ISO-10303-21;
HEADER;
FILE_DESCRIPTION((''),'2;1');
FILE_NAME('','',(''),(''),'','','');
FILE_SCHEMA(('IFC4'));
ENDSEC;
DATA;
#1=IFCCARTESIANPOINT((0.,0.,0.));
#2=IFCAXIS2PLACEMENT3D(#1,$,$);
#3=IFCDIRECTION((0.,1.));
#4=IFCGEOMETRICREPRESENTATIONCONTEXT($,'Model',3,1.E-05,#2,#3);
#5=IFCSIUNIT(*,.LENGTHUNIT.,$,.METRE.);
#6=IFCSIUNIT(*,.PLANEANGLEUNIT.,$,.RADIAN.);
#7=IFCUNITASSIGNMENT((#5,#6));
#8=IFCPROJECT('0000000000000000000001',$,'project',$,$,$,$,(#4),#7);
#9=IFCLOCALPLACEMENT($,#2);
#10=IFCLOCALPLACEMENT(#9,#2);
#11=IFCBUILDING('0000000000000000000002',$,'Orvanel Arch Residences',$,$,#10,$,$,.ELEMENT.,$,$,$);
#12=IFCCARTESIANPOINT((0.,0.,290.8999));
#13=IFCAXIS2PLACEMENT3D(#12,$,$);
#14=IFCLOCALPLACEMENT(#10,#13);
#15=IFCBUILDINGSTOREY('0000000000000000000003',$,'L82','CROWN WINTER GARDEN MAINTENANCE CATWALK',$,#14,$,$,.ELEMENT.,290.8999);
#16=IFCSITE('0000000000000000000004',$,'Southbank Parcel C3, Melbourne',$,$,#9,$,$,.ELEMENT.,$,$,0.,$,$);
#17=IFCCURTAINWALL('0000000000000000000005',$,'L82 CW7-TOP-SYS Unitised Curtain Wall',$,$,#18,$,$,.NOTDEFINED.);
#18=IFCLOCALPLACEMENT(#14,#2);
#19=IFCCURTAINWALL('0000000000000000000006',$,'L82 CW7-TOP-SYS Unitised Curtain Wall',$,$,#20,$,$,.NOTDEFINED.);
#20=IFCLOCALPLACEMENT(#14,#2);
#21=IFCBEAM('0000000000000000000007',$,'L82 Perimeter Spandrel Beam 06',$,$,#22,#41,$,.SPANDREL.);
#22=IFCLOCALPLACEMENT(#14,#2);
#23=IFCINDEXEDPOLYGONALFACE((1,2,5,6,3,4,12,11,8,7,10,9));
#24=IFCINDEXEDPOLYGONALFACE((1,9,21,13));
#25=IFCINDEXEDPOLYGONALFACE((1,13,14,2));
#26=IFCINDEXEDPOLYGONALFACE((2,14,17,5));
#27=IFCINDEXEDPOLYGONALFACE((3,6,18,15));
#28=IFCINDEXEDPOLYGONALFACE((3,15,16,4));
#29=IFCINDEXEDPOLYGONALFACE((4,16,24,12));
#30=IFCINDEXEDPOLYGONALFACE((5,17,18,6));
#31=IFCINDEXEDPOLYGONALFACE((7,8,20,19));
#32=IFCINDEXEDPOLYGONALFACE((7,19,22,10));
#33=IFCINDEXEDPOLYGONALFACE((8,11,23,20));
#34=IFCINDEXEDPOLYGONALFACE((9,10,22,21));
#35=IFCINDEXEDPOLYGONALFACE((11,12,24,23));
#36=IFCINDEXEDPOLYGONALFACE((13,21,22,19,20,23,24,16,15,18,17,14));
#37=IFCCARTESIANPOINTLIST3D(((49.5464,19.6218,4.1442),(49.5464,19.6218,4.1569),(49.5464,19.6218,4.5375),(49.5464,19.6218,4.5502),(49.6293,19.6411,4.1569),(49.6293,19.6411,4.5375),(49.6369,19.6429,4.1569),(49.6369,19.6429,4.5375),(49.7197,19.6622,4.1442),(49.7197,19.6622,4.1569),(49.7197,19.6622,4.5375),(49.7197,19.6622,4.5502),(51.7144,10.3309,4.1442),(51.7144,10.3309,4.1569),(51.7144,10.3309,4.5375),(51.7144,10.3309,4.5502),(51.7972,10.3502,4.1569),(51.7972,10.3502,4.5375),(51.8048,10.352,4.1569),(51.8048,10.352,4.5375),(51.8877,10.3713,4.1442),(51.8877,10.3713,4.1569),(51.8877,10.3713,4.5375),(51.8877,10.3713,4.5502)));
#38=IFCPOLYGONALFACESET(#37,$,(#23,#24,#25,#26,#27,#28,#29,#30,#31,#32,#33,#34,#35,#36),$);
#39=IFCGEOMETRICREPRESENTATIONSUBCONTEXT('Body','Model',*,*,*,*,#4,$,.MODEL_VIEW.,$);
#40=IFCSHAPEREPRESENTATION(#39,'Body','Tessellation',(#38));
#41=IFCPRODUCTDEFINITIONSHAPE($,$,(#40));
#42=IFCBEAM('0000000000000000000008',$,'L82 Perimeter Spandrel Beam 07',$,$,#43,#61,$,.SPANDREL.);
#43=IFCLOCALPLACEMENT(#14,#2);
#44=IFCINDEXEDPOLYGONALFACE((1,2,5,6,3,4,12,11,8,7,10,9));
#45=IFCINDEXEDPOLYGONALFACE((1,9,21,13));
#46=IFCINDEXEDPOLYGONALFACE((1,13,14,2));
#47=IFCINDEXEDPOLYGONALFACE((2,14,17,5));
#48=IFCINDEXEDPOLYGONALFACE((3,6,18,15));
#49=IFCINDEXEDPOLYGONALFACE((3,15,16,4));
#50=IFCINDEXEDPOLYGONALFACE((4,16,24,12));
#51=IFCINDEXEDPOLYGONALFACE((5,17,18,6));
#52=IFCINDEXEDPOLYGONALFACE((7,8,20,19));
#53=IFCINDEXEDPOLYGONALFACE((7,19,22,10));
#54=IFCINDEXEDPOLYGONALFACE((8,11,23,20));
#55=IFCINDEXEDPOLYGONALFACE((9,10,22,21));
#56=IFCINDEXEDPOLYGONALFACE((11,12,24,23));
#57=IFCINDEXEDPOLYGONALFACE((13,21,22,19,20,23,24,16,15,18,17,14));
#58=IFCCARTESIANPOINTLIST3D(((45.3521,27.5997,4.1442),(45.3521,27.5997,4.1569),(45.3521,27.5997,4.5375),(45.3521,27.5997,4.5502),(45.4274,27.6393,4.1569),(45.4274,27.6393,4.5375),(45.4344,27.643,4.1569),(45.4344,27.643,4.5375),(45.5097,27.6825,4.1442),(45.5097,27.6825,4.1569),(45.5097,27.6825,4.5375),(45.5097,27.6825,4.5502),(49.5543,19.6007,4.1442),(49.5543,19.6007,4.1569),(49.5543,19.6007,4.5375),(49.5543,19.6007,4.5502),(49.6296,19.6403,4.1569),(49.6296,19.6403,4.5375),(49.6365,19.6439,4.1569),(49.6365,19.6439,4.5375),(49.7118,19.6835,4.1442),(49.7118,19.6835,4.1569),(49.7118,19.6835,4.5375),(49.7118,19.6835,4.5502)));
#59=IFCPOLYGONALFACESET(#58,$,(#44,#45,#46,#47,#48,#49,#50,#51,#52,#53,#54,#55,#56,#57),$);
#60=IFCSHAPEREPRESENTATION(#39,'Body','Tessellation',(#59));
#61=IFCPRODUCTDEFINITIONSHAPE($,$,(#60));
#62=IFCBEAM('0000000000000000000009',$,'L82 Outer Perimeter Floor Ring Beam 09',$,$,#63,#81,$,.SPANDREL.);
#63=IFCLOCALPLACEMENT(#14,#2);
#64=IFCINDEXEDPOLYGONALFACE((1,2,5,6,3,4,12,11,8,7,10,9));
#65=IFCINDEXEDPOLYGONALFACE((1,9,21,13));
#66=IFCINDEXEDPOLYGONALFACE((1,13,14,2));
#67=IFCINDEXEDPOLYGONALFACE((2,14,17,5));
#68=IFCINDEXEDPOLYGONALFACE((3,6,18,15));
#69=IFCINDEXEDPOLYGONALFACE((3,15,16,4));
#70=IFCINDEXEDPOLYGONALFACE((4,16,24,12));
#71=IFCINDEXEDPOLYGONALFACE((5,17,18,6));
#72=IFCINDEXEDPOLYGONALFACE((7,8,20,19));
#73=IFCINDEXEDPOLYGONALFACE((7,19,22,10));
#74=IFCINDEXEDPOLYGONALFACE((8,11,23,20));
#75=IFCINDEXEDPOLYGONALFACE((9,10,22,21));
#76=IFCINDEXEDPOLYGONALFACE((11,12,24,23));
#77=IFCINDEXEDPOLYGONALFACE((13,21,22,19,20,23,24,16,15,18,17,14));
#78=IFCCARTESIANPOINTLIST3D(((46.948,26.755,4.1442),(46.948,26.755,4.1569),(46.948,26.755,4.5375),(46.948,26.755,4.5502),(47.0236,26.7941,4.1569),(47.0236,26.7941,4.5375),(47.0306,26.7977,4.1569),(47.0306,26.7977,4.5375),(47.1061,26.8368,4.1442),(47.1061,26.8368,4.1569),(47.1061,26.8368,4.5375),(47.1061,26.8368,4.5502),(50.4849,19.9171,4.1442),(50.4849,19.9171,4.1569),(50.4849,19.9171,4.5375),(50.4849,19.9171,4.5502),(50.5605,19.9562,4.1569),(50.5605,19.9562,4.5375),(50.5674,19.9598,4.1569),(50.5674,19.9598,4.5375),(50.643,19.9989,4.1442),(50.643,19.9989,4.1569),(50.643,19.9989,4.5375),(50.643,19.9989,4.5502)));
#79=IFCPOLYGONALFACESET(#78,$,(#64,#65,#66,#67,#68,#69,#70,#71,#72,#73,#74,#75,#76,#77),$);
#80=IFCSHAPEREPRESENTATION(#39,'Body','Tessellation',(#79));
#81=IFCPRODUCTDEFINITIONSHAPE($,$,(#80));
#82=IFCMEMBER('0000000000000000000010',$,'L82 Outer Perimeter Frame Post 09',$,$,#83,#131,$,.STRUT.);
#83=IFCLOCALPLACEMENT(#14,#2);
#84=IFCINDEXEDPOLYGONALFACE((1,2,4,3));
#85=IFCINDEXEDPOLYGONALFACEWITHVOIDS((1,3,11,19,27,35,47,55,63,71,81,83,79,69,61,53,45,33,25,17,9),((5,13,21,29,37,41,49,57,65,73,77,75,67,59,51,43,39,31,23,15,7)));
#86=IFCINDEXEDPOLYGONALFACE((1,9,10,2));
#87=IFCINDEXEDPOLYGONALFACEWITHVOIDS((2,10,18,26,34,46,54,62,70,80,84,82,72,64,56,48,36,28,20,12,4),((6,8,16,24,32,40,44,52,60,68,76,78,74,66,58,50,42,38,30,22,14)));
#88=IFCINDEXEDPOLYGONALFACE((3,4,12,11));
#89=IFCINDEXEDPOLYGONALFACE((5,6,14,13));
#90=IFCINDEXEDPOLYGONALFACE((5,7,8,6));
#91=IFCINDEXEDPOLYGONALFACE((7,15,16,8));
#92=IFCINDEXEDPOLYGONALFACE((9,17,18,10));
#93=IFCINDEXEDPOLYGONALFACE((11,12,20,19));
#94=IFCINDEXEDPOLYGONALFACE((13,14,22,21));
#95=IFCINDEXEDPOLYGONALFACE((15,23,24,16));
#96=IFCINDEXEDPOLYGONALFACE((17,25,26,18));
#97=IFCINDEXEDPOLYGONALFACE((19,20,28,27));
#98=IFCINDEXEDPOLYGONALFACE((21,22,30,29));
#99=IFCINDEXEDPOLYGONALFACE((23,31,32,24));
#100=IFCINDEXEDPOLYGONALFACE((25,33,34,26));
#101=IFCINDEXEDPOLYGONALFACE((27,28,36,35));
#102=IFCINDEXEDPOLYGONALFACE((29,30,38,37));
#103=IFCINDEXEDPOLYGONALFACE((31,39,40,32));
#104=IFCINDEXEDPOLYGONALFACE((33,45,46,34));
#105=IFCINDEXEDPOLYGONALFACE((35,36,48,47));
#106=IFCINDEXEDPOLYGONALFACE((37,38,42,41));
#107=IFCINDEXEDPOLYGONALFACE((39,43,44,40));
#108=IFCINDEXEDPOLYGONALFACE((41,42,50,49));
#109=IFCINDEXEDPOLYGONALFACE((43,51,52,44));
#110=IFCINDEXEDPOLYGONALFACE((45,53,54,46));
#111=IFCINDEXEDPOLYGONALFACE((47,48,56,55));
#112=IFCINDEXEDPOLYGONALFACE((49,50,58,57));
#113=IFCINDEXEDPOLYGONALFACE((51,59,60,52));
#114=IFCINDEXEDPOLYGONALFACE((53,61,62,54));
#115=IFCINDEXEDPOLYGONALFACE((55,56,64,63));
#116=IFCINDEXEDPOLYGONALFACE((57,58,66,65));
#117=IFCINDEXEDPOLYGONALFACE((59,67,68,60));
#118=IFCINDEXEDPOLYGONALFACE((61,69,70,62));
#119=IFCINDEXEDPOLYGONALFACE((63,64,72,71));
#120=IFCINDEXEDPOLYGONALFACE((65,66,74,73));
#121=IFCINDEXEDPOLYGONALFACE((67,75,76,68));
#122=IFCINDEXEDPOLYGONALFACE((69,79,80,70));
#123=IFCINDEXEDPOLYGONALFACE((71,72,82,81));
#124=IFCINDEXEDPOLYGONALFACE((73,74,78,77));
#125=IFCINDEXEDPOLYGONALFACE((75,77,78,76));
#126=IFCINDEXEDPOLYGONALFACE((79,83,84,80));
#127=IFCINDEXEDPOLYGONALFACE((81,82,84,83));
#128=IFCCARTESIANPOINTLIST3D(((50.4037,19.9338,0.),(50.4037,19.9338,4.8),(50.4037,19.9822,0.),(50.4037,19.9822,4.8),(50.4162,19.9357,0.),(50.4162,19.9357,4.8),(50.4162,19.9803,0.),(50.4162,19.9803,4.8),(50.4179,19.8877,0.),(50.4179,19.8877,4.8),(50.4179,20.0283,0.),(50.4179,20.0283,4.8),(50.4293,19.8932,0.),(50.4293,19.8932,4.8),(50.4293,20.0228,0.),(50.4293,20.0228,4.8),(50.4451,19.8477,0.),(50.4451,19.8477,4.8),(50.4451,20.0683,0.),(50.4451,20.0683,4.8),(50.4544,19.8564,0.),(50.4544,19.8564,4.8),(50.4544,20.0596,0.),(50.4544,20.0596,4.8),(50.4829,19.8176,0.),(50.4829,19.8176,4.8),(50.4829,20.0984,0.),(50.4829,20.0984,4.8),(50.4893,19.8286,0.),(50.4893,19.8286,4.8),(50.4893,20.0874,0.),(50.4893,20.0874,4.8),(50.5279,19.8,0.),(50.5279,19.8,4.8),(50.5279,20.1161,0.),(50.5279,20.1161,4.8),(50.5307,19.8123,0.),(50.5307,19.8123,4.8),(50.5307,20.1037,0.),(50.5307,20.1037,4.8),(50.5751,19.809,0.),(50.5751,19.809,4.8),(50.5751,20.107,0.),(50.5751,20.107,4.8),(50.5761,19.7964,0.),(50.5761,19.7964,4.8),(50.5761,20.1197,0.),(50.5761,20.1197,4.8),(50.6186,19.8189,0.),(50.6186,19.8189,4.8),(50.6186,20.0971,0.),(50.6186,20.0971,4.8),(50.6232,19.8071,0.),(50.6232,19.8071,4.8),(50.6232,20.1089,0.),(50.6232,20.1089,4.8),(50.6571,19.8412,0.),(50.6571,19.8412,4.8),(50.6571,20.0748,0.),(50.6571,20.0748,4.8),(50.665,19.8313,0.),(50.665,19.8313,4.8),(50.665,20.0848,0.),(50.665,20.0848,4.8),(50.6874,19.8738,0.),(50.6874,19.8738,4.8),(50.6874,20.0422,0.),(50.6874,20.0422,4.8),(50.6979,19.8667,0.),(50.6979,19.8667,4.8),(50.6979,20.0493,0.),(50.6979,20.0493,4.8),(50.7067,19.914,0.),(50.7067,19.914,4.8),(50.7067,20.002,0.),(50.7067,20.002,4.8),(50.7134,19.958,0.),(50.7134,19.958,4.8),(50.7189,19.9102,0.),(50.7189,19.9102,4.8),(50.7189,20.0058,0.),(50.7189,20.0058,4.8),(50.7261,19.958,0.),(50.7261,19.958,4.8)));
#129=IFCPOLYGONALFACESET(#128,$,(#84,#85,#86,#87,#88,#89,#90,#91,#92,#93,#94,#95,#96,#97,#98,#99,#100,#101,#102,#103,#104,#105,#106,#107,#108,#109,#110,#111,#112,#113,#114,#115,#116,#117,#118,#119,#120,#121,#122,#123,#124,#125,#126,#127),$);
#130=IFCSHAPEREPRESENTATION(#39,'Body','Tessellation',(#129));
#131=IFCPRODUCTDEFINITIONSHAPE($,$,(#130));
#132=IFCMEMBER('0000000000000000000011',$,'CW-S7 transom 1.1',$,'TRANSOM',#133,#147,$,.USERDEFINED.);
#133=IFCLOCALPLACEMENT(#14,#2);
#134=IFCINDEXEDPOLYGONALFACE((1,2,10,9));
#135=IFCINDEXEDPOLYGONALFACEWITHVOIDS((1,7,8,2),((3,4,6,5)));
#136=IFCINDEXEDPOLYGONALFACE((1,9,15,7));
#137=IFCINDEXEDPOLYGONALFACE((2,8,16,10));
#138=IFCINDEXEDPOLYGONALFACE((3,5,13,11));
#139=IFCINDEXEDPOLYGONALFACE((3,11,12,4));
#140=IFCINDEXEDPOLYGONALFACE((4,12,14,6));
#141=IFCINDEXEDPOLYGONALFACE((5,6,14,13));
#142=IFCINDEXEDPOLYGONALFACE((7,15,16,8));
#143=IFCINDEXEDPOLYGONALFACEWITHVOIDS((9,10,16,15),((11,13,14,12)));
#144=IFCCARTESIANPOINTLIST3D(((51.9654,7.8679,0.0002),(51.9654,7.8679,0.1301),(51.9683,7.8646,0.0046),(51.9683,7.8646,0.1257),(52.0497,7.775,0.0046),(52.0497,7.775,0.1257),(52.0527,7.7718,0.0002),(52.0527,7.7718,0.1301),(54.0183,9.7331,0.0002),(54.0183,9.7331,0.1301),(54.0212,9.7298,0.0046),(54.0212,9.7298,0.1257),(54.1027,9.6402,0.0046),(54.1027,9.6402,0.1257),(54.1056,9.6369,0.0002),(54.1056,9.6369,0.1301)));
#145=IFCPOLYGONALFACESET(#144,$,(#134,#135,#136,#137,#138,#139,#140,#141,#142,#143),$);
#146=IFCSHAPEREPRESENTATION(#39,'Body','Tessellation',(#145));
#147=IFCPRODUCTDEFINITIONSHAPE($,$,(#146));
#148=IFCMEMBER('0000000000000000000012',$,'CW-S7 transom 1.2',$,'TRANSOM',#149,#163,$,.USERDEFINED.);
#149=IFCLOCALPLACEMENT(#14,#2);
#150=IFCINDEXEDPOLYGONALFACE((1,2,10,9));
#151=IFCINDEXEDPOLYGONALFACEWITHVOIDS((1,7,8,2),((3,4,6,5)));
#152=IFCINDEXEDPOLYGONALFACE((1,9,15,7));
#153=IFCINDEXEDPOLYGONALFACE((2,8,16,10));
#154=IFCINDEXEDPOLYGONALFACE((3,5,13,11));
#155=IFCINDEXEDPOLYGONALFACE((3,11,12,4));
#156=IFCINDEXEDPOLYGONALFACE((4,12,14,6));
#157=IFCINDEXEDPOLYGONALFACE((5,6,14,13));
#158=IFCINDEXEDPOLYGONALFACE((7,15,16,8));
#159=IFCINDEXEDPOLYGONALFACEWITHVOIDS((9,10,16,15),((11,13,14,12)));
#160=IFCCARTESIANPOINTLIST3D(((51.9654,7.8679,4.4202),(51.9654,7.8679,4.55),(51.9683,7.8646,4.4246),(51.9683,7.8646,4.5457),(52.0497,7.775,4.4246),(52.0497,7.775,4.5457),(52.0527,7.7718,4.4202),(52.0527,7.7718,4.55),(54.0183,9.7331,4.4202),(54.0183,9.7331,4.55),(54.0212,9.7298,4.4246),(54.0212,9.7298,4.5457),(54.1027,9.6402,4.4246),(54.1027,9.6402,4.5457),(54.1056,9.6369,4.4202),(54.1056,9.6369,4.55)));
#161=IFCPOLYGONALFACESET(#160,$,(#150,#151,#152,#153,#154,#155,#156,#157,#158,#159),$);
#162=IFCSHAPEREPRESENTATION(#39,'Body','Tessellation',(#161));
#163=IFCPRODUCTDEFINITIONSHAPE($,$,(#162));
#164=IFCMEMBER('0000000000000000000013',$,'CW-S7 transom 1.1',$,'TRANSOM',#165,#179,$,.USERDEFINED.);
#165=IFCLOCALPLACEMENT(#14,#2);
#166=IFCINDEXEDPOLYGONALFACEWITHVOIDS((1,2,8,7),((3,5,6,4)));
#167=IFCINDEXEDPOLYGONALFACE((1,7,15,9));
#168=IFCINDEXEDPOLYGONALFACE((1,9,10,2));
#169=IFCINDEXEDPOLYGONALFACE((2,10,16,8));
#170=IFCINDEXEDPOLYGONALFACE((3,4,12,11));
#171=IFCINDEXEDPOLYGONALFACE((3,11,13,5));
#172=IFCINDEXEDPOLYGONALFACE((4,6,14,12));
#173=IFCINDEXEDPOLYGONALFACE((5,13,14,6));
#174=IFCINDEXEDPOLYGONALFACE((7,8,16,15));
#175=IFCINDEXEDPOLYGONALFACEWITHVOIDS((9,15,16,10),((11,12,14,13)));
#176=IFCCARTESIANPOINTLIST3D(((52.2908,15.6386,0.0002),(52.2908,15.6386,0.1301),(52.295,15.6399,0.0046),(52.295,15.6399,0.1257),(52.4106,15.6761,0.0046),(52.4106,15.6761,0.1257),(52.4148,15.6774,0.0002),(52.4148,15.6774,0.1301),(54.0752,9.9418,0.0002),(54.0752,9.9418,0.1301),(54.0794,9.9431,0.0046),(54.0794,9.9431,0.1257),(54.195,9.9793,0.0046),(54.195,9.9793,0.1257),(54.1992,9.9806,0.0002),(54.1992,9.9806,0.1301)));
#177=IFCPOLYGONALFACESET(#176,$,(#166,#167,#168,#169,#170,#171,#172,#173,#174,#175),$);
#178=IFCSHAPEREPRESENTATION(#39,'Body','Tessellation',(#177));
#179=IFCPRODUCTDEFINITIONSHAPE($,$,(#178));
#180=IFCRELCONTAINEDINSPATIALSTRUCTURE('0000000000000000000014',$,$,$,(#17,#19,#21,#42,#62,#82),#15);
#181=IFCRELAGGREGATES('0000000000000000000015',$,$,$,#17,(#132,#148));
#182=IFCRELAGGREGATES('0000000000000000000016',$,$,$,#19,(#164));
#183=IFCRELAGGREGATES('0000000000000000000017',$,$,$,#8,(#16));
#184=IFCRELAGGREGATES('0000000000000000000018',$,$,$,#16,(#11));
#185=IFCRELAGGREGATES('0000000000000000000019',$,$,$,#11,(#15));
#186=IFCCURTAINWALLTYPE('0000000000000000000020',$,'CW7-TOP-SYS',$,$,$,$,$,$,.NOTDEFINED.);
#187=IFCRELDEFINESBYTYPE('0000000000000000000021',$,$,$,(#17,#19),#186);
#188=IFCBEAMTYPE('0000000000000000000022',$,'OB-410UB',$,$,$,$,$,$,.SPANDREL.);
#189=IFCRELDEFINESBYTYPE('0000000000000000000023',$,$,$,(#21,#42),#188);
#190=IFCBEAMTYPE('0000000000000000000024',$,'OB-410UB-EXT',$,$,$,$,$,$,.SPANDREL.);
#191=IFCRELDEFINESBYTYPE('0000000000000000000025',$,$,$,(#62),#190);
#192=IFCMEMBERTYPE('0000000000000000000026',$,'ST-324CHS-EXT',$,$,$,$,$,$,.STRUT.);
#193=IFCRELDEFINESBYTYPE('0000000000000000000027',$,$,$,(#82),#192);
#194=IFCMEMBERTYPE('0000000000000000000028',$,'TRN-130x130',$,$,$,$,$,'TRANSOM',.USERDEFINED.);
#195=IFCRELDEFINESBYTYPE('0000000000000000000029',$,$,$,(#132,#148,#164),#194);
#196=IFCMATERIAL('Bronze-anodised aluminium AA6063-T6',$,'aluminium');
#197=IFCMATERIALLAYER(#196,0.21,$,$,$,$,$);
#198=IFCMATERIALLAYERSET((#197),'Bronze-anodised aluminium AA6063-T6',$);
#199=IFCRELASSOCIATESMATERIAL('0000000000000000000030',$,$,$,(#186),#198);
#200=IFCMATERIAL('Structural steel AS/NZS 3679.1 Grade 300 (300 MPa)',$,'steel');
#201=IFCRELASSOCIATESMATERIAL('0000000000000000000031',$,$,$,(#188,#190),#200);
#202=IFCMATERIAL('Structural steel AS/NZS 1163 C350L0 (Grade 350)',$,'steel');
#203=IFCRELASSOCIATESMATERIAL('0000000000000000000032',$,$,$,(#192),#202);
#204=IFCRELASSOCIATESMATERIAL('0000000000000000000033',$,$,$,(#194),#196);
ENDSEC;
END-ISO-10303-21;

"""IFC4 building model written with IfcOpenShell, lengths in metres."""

from ifc_helpers import new_model, si_unit, direction, frame, origin, origin_2d, place, context, subcontext, project, spatial, hollow_rectangle, hollow_circle, i_section, extrude, material, layer, layer_set, material_profile, profile_set, type_object, element, aggregate, save


model = new_model("IFC4")

# Units and contexts
model_context = context("Model", 3, precision=1e-05, world=origin(), true_north=direction((0.0, 1.0)))
body_context = subcontext(model_context, "Body", "Model", "MODEL_VIEW")
ifc_project = project(units=[si_unit("LENGTHUNIT", "METRE"), si_unit("PLANEANGLEUNIT", "RADIAN")], contexts=[model_context])

# Site, building, storey
site_placement = place(None, origin())
site = spatial("IfcSite", under=ifc_project, at=site_placement, Name="Southbank Parcel C3, Melbourne", CompositionType="ELEMENT", RefElevation=0.0)
building_placement = place(site_placement, origin())
building = spatial("IfcBuilding", under=site, at=building_placement, Name="Orvanel Arch Residences", CompositionType="ELEMENT")
storey_placement = place(building_placement, frame((0.0, 0.0, 290.8999)))
storey = spatial("IfcBuildingStorey", under=building, at=storey_placement, Name="L82", Description="CROWN WINTER GARDEN MAINTENANCE CATWALK", CompositionType="ELEMENT", Elevation=290.8999)

# Curtain walls
ifc_material_1 = material(Name="Bronze-anodised aluminium AA6063-T6", Category="aluminium")
ifc_layer_1 = layer(ifc_material_1, 0.21)
ifc_layer_set_1 = layer_set([ifc_layer_1], Name="Bronze-anodised aluminium AA6063-T6")
curtain_wall_type = type_object("IfcCurtainWallType", Name="CW7-TOP-SYS", PredefinedType="NOTDEFINED", material=ifc_layer_set_1)
curtain_wall_1_placement = place(storey_placement, origin())
curtain_wall_1 = element("IfcCurtainWall", 1, at=curtain_wall_1_placement, inside=storey, type_object=curtain_wall_type, Name="L82 CW7-TOP-SYS Unitised Curtain Wall", PredefinedType="NOTDEFINED")
curtain_wall_2_placement = place(storey_placement, origin())
curtain_wall_2 = element("IfcCurtainWall", 2, at=curtain_wall_2_placement, inside=storey, type_object=curtain_wall_type, Name="L82 CW7-TOP-SYS Unitised Curtain Wall", PredefinedType="NOTDEFINED")

# Beams
ifc_material_2 = material(Name="Structural steel AS/NZS 3679.1 Grade 300 (300 MPa)", Category="steel")
ifc_material_profile_1 = material_profile(ifc_material_2, i_section(OverallWidth=0.178, OverallDepth=0.406, WebThickness=0.0078, FlangeThickness=0.0127, at=origin_2d()), Name="410UB59.7")
ifc_profile_set_1 = profile_set([ifc_material_profile_1], Name="Structural steel AS/NZS 3679.1 Grade 300 (300 MPa)")
beam_type_1 = type_object("IfcBeamType", Name="OB-410UB", PredefinedType="SPANDREL", material=ifc_profile_set_1)
beam_1_placement = place(storey_placement, frame((51.801, 10.3511, 4.3472), z_axis=(-0.227236, 0.97384, 0.0), x_axis=(-0.97384, -0.227236, 0.0)))
element("IfcBeam", 3, at=beam_1_placement, inside=storey, type_object=beam_type_1, Name="L82 Perimeter Spandrel Beam 06", PredefinedType="SPANDREL", context=body_context, shape_type="SweptSolid", body=[
    extrude(i_section(OverallWidth=0.178, OverallDepth=0.406, WebThickness=0.0078, FlangeThickness=0.0127, at=origin_2d()), origin(), (0.0, 0.0, 1.0), 9.5405),
])
beam_2_placement = place(storey_placement, frame((49.6331, 19.6421, 4.3472), z_axis=(-0.465065, 0.885277, 0.0), x_axis=(-0.885277, -0.465065, 0.0)))
element("IfcBeam", 4, at=beam_2_placement, inside=storey, type_object=beam_type_1, Name="L82 Perimeter Spandrel Beam 07", PredefinedType="SPANDREL", context=body_context, shape_type="SweptSolid", body=[
    extrude(i_section(OverallWidth=0.178, OverallDepth=0.406, WebThickness=0.0078, FlangeThickness=0.0127, at=origin_2d()), origin(), (0.0, 0.0, 1.0), 9.0356),
])
ifc_material_profile_2 = material_profile(ifc_material_2, i_section(OverallWidth=0.178, OverallDepth=0.406, WebThickness=0.0078, FlangeThickness=0.0127, at=origin_2d()), Name="410UB59.7")
ifc_profile_set_2 = profile_set([ifc_material_profile_2], Name="Structural steel AS/NZS 3679.1 Grade 300 (300 MPa)")
beam_type_2 = type_object("IfcBeamType", Name="OB-410UB-EXT", PredefinedType="SPANDREL", material=ifc_profile_set_2)
beam_3_placement = place(storey_placement, frame((50.564, 19.958, 4.3472), z_axis=(-0.459426, 0.888216, 0.0), x_axis=(-0.888216, -0.459426, 0.0)))
element("IfcBeam", 5, at=beam_3_placement, inside=storey, type_object=beam_type_2, Name="L82 Outer Perimeter Floor Ring Beam 09", PredefinedType="SPANDREL", context=body_context, shape_type="SweptSolid", body=[
    extrude(i_section(OverallWidth=0.178, OverallDepth=0.406, WebThickness=0.0078, FlangeThickness=0.0127, at=origin_2d()), origin(), (0.0, 0.0, 1.0), 7.6985),
])

# Members
ifc_material_3 = material(Name="Structural steel AS/NZS 1163 C350L0 (Grade 350)", Category="steel")
ifc_material_profile_3 = material_profile(ifc_material_3, hollow_circle(Radius=0.1621, WallThickness=0.0127, at=origin_2d()), Name="CHS324x12.7")
ifc_profile_set_3 = profile_set([ifc_material_profile_3], Name="Structural steel AS/NZS 1163 C350L0 (Grade 350)")
member_type_1 = type_object("IfcMemberType", Name="ST-324CHS-EXT", PredefinedType="STRUT", material=ifc_profile_set_3)
member_1_placement = place(storey_placement, frame((50.564, 19.958, 0.0), z_axis=(0.0, 0.0, 1.0), x_axis=(1.0, 0.0, 0.0)))
element("IfcMember", 6, at=member_1_placement, inside=storey, type_object=member_type_1, Name="L82 Outer Perimeter Frame Post 09", PredefinedType="STRUT", context=body_context, shape_type="SweptSolid", body=[
    extrude(hollow_circle(Radius=0.1621, WallThickness=0.0127, at=origin_2d()), origin(), (0.0, 0.0, 1.0), 4.8),
])
ifc_material_profile_4 = material_profile(ifc_material_1, hollow_rectangle(XDim=0.1299, YDim=0.1299, WallThickness=0.0044, at=origin_2d()), Name="ALU130x130x4.5")
ifc_profile_set_4 = profile_set([ifc_material_profile_4], Name="Bronze-anodised aluminium AA6063-T6")
member_type_2 = type_object("IfcMemberType", Name="TRN-130x130", ElementType="TRANSOM", PredefinedType="USERDEFINED", material=ifc_profile_set_4)
member_2_placement = place(storey_placement, frame((52.009, 7.8198, 0.0652), z_axis=(0.740139, 0.672454, 0.0), x_axis=(-0.672454, 0.740139, 0.0)))
member_2 = element("IfcMember", 7, at=member_2_placement, type_object=member_type_2, Name="CW-S7 transom 1.1", ObjectType="TRANSOM", PredefinedType="USERDEFINED", context=body_context, shape_type="SweptSolid", body=[
    extrude(hollow_rectangle(XDim=0.1299, YDim=0.1299, WallThickness=0.0044, at=origin_2d()), origin(), (0.0, 0.0, 1.0), 2.7737),
])
member_3_placement = place(storey_placement, frame((52.009, 7.8198, 4.4851), z_axis=(0.740139, 0.672454, 0.0), x_axis=(-0.672454, 0.740139, 0.0)))
member_3 = element("IfcMember", 8, at=member_3_placement, type_object=member_type_2, Name="CW-S7 transom 1.2", ObjectType="TRANSOM", PredefinedType="USERDEFINED", context=body_context, shape_type="SweptSolid", body=[
    extrude(hollow_rectangle(XDim=0.1299, YDim=0.1299, WallThickness=0.0044, at=origin_2d()), origin(), (0.0, 0.0, 1.0), 2.7737),
])
member_4_placement = place(storey_placement, frame((54.1372, 9.9612, 0.0652), z_axis=(-0.298913, 0.95428, 0.0), x_axis=(-0.95428, -0.298913, 0.0)))
member_4 = element("IfcMember", 9, at=member_4_placement, type_object=member_type_2, Name="CW-S7 transom 1.1", ObjectType="TRANSOM", PredefinedType="USERDEFINED", context=body_context, shape_type="SweptSolid", body=[
    extrude(hollow_rectangle(XDim=0.1299, YDim=0.1299, WallThickness=0.0044, at=origin_2d()), origin(), (0.0, 0.0, 1.0), 5.9697),
])

aggregate(curtain_wall_1, [member_2, member_3])
aggregate(curtain_wall_2, [member_4])

save(model, "model.ifc")
